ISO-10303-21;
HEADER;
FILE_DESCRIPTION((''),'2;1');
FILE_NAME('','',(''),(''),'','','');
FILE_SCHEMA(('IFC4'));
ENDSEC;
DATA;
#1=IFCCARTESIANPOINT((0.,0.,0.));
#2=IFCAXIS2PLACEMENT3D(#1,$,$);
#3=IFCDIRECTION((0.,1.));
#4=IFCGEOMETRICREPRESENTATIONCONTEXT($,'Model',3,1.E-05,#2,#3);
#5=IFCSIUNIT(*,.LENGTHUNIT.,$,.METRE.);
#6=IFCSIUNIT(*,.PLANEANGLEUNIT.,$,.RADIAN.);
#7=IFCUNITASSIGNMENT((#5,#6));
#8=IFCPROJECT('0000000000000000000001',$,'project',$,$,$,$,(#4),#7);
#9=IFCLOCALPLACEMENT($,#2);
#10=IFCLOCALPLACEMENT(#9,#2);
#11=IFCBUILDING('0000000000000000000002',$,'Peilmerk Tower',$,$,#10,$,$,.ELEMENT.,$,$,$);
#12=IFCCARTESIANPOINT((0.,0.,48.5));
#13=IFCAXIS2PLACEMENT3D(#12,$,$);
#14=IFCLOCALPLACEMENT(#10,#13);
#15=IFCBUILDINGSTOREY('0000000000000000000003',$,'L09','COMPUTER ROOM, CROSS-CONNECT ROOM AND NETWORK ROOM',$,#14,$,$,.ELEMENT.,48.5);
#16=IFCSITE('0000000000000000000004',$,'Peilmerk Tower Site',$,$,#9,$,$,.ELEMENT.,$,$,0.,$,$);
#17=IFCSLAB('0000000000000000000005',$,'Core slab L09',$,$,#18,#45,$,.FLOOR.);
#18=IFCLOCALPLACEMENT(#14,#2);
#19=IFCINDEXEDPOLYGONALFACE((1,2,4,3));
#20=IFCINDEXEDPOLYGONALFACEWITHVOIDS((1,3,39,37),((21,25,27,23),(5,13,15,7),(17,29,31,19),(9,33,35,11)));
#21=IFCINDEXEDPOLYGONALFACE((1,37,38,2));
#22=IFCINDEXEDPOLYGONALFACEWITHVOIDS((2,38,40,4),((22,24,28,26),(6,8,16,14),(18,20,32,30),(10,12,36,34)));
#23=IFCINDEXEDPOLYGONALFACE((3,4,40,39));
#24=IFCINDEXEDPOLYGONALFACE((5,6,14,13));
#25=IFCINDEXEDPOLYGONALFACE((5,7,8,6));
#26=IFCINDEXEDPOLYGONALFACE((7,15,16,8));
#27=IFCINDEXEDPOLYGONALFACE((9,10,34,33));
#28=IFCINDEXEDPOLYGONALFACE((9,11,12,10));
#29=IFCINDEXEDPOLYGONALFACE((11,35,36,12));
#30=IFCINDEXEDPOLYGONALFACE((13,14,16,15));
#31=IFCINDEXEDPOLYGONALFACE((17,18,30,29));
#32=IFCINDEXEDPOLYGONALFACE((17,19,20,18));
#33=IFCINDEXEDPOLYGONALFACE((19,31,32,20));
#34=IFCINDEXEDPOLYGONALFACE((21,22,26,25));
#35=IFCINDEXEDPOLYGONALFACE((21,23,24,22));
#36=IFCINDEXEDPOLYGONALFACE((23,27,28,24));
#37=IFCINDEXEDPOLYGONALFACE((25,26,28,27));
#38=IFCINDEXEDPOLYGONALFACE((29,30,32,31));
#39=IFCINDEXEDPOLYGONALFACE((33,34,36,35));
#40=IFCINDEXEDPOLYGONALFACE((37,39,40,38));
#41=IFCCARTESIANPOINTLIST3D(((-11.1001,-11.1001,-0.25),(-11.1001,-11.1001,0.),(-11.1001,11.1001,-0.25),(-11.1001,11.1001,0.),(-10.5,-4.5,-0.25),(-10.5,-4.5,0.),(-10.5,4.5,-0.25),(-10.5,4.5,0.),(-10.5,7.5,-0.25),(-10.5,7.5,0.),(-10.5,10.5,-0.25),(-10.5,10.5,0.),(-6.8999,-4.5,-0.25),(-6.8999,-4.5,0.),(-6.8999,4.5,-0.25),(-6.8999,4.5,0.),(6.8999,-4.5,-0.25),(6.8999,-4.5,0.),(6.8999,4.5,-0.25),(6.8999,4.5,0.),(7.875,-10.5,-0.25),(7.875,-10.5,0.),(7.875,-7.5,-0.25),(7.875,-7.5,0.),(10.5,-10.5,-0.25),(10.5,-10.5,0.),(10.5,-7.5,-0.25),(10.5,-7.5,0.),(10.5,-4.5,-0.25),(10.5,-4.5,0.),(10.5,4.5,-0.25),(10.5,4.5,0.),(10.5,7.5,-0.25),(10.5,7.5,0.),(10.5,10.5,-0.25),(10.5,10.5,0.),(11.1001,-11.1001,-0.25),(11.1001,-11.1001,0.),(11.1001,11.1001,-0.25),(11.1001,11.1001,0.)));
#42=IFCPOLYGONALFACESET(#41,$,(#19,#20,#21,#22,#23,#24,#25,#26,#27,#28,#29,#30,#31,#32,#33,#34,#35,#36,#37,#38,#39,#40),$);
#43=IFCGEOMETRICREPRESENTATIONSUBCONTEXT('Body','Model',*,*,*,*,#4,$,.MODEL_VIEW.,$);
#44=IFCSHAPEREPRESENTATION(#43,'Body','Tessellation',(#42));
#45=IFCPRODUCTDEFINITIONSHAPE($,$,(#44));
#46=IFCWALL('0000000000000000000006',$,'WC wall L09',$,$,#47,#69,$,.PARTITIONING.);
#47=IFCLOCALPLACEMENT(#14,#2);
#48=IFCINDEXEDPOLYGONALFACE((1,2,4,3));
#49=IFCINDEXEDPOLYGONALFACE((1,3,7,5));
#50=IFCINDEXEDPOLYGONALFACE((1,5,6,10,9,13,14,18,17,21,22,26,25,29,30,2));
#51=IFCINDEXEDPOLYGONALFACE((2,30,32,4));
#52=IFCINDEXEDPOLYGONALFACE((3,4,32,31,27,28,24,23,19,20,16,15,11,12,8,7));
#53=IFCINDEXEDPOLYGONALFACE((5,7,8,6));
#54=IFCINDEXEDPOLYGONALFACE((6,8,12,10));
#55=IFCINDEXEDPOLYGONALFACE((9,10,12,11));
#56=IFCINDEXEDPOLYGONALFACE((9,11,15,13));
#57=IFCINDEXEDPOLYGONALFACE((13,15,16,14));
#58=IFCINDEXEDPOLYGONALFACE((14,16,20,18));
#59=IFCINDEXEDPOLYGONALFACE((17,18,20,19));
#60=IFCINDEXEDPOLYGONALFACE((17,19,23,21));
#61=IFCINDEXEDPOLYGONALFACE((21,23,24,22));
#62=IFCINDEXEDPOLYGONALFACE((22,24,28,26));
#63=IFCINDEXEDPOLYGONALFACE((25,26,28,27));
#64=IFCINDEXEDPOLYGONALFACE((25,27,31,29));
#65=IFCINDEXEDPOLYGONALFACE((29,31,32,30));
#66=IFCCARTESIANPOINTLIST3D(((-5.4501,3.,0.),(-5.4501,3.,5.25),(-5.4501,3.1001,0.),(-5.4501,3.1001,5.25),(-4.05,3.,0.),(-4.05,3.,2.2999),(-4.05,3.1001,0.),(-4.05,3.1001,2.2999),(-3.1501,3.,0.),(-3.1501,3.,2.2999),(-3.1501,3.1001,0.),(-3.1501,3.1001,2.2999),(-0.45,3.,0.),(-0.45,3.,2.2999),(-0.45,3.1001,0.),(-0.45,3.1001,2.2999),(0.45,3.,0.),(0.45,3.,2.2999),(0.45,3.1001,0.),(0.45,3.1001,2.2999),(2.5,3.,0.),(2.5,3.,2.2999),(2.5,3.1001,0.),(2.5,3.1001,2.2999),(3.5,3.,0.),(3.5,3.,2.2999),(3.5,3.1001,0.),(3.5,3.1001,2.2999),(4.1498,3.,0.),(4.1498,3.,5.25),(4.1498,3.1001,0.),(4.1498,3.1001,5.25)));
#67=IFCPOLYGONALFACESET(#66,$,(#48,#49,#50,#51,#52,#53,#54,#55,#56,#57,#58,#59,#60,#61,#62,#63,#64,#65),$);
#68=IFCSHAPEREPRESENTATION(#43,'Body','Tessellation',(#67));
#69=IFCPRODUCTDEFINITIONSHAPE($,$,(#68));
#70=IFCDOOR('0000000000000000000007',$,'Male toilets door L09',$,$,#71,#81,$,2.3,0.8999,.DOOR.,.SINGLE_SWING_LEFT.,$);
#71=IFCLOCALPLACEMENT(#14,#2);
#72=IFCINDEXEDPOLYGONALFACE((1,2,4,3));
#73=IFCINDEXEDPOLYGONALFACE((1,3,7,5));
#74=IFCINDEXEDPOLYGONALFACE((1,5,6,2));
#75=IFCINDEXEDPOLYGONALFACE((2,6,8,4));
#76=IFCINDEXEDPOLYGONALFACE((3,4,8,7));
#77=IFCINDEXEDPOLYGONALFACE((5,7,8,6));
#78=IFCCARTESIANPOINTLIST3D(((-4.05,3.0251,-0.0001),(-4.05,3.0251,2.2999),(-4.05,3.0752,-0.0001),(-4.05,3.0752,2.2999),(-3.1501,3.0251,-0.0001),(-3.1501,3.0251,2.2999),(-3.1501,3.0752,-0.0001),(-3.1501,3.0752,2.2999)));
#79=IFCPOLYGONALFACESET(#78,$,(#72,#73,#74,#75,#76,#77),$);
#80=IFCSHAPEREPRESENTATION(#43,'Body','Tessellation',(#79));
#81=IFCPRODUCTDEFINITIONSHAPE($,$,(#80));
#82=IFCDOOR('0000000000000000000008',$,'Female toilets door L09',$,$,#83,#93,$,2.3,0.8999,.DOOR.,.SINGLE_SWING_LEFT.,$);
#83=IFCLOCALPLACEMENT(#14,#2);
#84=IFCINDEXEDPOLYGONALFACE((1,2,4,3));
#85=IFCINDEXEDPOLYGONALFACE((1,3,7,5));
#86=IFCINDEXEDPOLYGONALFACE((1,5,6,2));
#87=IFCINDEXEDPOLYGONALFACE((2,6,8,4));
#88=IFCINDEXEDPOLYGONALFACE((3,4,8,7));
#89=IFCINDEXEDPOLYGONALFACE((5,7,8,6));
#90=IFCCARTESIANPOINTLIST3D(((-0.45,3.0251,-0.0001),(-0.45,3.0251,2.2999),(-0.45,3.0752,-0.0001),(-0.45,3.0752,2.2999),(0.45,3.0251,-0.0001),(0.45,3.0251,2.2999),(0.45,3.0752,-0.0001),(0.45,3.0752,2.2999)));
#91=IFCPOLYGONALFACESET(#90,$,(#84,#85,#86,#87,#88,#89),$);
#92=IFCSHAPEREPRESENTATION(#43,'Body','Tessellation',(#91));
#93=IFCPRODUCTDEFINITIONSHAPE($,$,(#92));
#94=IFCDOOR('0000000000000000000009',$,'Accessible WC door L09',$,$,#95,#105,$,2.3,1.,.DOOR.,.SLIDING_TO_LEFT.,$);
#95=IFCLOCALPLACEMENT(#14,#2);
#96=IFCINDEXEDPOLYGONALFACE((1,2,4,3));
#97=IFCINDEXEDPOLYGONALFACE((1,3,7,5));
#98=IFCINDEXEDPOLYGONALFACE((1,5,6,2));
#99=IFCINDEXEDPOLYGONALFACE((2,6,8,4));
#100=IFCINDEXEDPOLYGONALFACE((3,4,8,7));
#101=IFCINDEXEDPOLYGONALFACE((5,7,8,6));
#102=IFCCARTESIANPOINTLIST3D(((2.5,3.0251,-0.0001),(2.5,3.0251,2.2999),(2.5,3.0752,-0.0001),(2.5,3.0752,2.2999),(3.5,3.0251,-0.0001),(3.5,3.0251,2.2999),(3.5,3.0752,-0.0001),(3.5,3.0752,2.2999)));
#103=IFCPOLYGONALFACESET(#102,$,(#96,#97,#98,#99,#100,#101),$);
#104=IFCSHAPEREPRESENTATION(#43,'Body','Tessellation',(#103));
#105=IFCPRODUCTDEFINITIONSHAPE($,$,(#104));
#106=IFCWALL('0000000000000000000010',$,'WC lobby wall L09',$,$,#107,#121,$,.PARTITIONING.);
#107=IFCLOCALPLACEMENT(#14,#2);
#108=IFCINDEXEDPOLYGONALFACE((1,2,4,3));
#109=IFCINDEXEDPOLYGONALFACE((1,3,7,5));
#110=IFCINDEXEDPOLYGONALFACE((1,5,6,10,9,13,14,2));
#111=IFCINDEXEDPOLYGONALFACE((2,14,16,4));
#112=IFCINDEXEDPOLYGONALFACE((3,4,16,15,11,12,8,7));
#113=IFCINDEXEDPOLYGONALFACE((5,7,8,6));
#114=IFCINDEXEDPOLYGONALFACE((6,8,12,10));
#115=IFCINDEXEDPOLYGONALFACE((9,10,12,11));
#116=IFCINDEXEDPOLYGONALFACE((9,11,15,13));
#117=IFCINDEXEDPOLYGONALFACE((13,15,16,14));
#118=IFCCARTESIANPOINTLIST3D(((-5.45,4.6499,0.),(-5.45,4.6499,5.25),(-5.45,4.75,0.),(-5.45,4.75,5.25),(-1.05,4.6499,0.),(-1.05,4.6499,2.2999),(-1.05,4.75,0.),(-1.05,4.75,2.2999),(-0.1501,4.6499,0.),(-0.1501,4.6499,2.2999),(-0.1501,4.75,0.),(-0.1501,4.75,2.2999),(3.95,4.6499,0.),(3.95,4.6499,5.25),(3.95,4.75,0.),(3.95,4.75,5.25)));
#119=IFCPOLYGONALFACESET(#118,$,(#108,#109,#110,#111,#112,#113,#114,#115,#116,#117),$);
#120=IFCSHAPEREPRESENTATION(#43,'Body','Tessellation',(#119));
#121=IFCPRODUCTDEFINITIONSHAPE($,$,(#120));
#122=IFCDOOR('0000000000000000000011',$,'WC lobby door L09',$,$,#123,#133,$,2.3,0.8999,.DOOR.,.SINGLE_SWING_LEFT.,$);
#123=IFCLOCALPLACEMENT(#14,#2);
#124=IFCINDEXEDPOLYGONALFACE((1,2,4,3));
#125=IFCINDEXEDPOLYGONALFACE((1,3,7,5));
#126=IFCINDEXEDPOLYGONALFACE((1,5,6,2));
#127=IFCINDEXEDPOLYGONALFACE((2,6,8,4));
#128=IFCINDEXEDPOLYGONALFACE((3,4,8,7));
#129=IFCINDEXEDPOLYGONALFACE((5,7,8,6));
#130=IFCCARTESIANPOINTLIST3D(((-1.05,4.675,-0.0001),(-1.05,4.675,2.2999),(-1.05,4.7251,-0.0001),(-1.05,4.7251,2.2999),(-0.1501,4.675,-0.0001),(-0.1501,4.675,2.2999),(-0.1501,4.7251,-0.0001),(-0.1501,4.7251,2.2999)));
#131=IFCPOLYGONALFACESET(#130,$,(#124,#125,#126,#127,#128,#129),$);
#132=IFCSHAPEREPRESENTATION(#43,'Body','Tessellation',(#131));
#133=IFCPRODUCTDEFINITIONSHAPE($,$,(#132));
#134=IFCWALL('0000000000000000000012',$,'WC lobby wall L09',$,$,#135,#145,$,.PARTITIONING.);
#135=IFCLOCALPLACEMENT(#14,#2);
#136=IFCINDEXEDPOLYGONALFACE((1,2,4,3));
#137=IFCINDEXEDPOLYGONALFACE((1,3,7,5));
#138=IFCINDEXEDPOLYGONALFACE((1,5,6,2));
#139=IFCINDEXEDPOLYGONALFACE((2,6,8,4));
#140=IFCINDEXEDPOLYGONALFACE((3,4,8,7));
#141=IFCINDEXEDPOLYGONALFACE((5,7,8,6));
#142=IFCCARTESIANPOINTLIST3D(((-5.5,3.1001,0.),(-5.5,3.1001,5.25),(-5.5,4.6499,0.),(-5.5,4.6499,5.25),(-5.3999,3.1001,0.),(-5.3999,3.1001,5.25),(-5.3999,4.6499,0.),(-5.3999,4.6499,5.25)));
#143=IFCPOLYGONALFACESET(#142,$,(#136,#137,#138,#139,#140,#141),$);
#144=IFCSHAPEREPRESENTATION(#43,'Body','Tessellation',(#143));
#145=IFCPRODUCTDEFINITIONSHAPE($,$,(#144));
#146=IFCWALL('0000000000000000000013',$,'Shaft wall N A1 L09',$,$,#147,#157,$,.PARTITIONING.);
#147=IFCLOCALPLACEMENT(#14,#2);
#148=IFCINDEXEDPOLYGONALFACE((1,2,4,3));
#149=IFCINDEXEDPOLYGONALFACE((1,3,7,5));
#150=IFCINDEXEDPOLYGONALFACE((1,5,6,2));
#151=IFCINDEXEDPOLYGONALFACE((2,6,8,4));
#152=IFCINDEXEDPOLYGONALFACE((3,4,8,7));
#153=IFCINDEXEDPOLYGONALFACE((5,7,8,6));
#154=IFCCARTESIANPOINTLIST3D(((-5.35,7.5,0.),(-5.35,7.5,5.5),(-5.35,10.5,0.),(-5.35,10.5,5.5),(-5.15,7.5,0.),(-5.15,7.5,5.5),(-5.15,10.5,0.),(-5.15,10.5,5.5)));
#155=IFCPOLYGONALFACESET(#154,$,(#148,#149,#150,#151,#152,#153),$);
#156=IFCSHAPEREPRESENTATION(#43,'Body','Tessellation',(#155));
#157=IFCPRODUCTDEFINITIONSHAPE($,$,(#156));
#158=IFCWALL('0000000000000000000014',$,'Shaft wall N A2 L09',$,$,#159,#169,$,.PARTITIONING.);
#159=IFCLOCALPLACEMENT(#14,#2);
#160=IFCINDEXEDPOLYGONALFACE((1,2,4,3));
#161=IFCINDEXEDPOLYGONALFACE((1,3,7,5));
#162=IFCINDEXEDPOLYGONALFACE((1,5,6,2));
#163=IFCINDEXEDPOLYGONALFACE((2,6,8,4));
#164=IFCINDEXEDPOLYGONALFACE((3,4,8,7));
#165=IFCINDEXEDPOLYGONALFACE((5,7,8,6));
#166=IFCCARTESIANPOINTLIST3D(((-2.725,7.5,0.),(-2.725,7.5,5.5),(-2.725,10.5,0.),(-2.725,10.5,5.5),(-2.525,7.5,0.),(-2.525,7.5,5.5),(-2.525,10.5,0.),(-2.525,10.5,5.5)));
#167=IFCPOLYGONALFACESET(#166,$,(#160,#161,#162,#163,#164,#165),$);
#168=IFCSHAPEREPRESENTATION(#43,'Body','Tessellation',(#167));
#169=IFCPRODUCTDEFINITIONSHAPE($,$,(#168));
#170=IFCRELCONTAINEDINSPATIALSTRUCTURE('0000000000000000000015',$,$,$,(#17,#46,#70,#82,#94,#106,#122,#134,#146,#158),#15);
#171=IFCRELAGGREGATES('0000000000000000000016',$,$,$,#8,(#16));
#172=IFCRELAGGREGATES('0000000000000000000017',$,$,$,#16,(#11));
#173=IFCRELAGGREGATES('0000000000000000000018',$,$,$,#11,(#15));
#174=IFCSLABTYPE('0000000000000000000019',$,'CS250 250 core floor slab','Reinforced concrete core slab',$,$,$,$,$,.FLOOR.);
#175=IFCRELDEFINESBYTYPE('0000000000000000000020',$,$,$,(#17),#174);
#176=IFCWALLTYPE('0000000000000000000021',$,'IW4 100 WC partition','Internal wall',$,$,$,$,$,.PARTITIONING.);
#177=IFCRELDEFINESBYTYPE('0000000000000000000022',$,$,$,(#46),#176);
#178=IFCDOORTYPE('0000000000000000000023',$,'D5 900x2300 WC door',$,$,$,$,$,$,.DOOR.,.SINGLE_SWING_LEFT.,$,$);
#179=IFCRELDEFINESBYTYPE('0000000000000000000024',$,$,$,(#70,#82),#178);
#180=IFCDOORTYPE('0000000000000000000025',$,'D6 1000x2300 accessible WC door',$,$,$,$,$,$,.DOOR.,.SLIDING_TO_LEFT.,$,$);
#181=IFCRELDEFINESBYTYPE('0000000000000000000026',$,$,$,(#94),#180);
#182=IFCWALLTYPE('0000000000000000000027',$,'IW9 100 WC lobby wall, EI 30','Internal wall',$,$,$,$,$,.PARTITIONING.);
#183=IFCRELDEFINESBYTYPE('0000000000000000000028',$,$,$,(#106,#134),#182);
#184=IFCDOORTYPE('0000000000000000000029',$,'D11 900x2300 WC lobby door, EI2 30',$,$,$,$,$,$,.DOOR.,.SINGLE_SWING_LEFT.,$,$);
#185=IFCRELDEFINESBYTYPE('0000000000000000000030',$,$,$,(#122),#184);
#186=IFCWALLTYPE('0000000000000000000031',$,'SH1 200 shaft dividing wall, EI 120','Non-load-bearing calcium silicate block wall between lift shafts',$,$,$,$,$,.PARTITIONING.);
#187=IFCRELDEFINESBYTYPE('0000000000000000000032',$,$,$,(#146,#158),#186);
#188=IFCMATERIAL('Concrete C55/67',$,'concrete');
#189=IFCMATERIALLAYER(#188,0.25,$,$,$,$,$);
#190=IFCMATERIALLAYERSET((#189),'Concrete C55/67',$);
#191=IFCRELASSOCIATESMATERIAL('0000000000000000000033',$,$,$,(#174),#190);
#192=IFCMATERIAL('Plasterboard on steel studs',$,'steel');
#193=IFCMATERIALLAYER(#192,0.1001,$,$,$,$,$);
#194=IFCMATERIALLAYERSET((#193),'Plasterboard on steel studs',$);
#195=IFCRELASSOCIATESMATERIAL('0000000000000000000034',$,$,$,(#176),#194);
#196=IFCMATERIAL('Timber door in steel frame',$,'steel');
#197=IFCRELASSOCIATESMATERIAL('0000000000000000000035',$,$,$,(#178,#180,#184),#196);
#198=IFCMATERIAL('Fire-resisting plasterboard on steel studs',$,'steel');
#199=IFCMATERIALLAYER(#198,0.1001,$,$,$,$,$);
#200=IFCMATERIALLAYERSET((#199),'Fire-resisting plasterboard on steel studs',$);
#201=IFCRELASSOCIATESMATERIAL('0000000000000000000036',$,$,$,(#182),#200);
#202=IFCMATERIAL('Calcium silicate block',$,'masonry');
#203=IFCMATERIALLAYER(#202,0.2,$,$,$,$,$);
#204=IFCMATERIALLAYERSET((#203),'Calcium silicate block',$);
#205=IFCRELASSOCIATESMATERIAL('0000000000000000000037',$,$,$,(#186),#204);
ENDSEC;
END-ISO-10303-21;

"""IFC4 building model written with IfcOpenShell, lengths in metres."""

from ifc_helpers import new_model, si_unit, direction, frame, frame_2d, origin, place, context, subcontext, project, spatial, polyline, rectangle, outline, extrude, material, layer, layer_set, type_object, element, fill, save


model = new_model("IFC4")

# Units and contexts
model_context = context("Model", 3, precision=1e-05, world=origin(), true_north=direction((0.0, 1.0)))
body_context = subcontext(model_context, "Body", "Model", "MODEL_VIEW")
ifc_project = project(units=[si_unit("LENGTHUNIT", "METRE"), si_unit("PLANEANGLEUNIT", "RADIAN")], contexts=[model_context])

# Site, building, storey
site_placement = place(None, origin())
site = spatial("IfcSite", under=ifc_project, at=site_placement, Name="Peilmerk Tower Site", CompositionType="ELEMENT", RefElevation=0.0)
building_placement = place(site_placement, origin())
building = spatial("IfcBuilding", under=site, at=building_placement, Name="Peilmerk Tower", CompositionType="ELEMENT")
storey_placement = place(building_placement, frame((0.0, 0.0, 48.5)))
storey = spatial("IfcBuildingStorey", under=building, at=storey_placement, Name="L09", Description="COMPUTER ROOM, CROSS-CONNECT ROOM AND NETWORK ROOM", CompositionType="ELEMENT", Elevation=48.5)

# Slab
ifc_material_1 = material(Name="Concrete C55/67", Category="concrete")
ifc_layer_1 = layer(ifc_material_1, 0.25)
ifc_layer_set_1 = layer_set([ifc_layer_1], Name="Concrete C55/67")
slab_type = type_object("IfcSlabType", Name="CS250 250 core floor slab", Description="Reinforced concrete core slab", PredefinedType="FLOOR", material=ifc_layer_set_1)
slab_placement = place(storey_placement, frame((0.0, 0.0, -0.25)))
element("IfcSlab", 1, at=slab_placement, inside=storey, type_object=slab_type, Name="Core slab L09", PredefinedType="FLOOR", context=body_context, shape_type="SweptSolid", body=[
    extrude(outline(polyline([(-11.1001, 11.1001), (-11.1001, -11.1001), (11.1001, -11.1001), (11.1001, 11.1001), (-11.1001, 11.1001)]), holes=[polyline([(10.5, 7.5), (-10.5, 7.5), (-10.5, 10.5), (10.5, 10.5), (10.5, 7.5)]), polyline([(7.875, -10.5), (7.875, -7.5), (10.5, -7.5), (10.5, -10.5), (7.875, -10.5)]), polyline([(-10.5, 4.5), (-6.8999, 4.5), (-6.8999, -4.5), (-10.5, -4.5), (-10.5, 4.5)]), polyline([(10.5, 4.5), (10.5, -4.5), (6.8999, -4.5), (6.8999, 4.5), (10.5, 4.5)])]), origin(), (0.0, 0.0, 1.0), 0.25),
])

# Wall, openings, doors
ifc_material_2 = material(Name="Plasterboard on steel studs", Category="steel")
ifc_layer_2 = layer(ifc_material_2, 0.1001)
ifc_layer_set_2 = layer_set([ifc_layer_2], Name="Plasterboard on steel studs")
wall_type_1 = type_object("IfcWallType", Name="IW4 100 WC partition", Description="Internal wall", PredefinedType="PARTITIONING", material=ifc_layer_set_2)
wall_1_placement = place(storey_placement, frame((-5.45, 3.05, 0.0), z_axis=(0.0, 0.0, 1.0), x_axis=(1.0, 0.0, 0.0)))
wall_1 = element("IfcWall", 2, at=wall_1_placement, inside=storey, type_object=wall_type_1, Name="WC wall L09", PredefinedType="PARTITIONING", context=body_context, shape_type="SweptSolid", body=[
    extrude(rectangle(XDim=9.5999, YDim=0.1001, at=frame_2d((4.7998, 0.0))), origin(), (0.0, 0.0, 1.0), 5.25),
])
opening_1_placement = place(wall_1_placement, frame((1.3999, 0.0, 0.0)))
opening_1 = element("IfcOpeningElement", 3, at=opening_1_placement, cuts=wall_1, PredefinedType="OPENING", context=body_context, shape_type="SweptSolid", body=[
    extrude(rectangle(XDim=0.8999, YDim=2.3, at=frame_2d((0.45, 1.1499))), frame((0.0, 0.0601, 0.0), z_axis=(0.0, -1.0, 0.0), x_axis=(1.0, 0.0, 0.0)), (0.0, 0.0, 1.0), 0.1201),
])
opening_2_placement = place(wall_1_placement, frame((5.0, 0.0, 0.0)))
opening_2 = element("IfcOpeningElement", 4, at=opening_2_placement, cuts=wall_1, PredefinedType="OPENING", context=body_context, shape_type="SweptSolid", body=[
    extrude(rectangle(XDim=0.8999, YDim=2.3, at=frame_2d((0.45, 1.1499))), frame((0.0, 0.0601, 0.0), z_axis=(0.0, -1.0, 0.0), x_axis=(1.0, 0.0, 0.0)), (0.0, 0.0, 1.0), 0.1201),
])
opening_3_placement = place(wall_1_placement, frame((7.95, 0.0, 0.0)))
opening_3 = element("IfcOpeningElement", 5, at=opening_3_placement, cuts=wall_1, PredefinedType="OPENING", context=body_context, shape_type="SweptSolid", body=[
    extrude(rectangle(XDim=1.0, YDim=2.3, at=frame_2d((0.5, 1.1499))), frame((0.0, 0.0601, 0.0), z_axis=(0.0, -1.0, 0.0), x_axis=(1.0, 0.0, 0.0)), (0.0, 0.0, 1.0), 0.1201),
])
ifc_material_3 = material(Name="Timber door in steel frame", Category="steel")
door_type_1 = type_object("IfcDoorType", Name="D5 900x2300 WC door", OperationType="SINGLE_SWING_LEFT", PredefinedType="DOOR", material=ifc_material_3)
door_1_placement = place(opening_1_placement, frame((0.8999, 0.0, 0.0), z_axis=(0.0, 0.0, 1.0), x_axis=(-1.0, 0.0, 0.0)))
door_1 = element("IfcDoor", 6, at=door_1_placement, inside=storey, type_object=door_type_1, Name="Male toilets door L09", OperationType="SINGLE_SWING_LEFT", OverallHeight=2.3, OverallWidth=0.8999, PredefinedType="DOOR", context=body_context, shape_type="SweptSolid", body=[
    extrude(rectangle(XDim=0.8999, YDim=2.3, at=frame_2d((0.45, 1.1499))), frame((0.0, 0.0249, 0.0), z_axis=(0.0, -1.0, 0.0), x_axis=(1.0, 0.0, 0.0)), (0.0, 0.0, 1.0), 0.05),
])
fill(opening_1, door_1)
door_2_placement = place(opening_2_placement, frame((0.8999, 0.0, 0.0), z_axis=(0.0, 0.0, 1.0), x_axis=(-1.0, 0.0, 0.0)))
door_2 = element("IfcDoor", 7, at=door_2_placement, inside=storey, type_object=door_type_1, Name="Female toilets door L09", OperationType="SINGLE_SWING_LEFT", OverallHeight=2.3, OverallWidth=0.8999, PredefinedType="DOOR", context=body_context, shape_type="SweptSolid", body=[
    extrude(rectangle(XDim=0.8999, YDim=2.3, at=frame_2d((0.45, 1.1499))), frame((0.0, 0.0249, 0.0), z_axis=(0.0, -1.0, 0.0), x_axis=(1.0, 0.0, 0.0)), (0.0, 0.0, 1.0), 0.05),
])
fill(opening_2, door_2)
door_type_2 = type_object("IfcDoorType", Name="D6 1000x2300 accessible WC door", OperationType="SLIDING_TO_LEFT", PredefinedType="DOOR", material=ifc_material_3)
door_3_placement = place(opening_3_placement, frame((1.0, 0.0, 0.0), z_axis=(0.0, 0.0, 1.0), x_axis=(-1.0, 0.0, 0.0)))
door_3 = element("IfcDoor", 8, at=door_3_placement, inside=storey, type_object=door_type_2, Name="Accessible WC door L09", OperationType="SLIDING_TO_LEFT", OverallHeight=2.3, OverallWidth=1.0, PredefinedType="DOOR", context=body_context, shape_type="SweptSolid", body=[
    extrude(rectangle(XDim=1.0, YDim=2.3, at=frame_2d((0.5, 1.1499))), frame((0.0, 0.0249, 0.0), z_axis=(0.0, -1.0, 0.0), x_axis=(1.0, 0.0, 0.0)), (0.0, 0.0, 1.0), 0.05),
])
fill(opening_3, door_3)

# Wall, opening, door
ifc_material_4 = material(Name="Fire-resisting plasterboard on steel studs", Category="steel")
ifc_layer_3 = layer(ifc_material_4, 0.1001)
ifc_layer_set_3 = layer_set([ifc_layer_3], Name="Fire-resisting plasterboard on steel studs")
wall_type_2 = type_object("IfcWallType", Name="IW9 100 WC lobby wall, EI 30", Description="Internal wall", PredefinedType="PARTITIONING", material=ifc_layer_set_3)
wall_2_placement = place(storey_placement, frame((-5.45, 4.7, 0.0), z_axis=(0.0, 0.0, 1.0), x_axis=(1.0, 0.0, 0.0)))
wall_2 = element("IfcWall", 9, at=wall_2_placement, inside=storey, type_object=wall_type_2, Name="WC lobby wall L09", PredefinedType="PARTITIONING", context=body_context, shape_type="SweptSolid", body=[
    extrude(rectangle(XDim=9.3999, YDim=0.1001, at=frame_2d((4.7, 0.0))), origin(), (0.0, 0.0, 1.0), 5.25),
])
opening_4_placement = place(wall_2_placement, frame((4.3999, 0.0, 0.0)))
opening_4 = element("IfcOpeningElement", 10, at=opening_4_placement, cuts=wall_2, PredefinedType="OPENING", context=body_context, shape_type="SweptSolid", body=[
    extrude(rectangle(XDim=0.8999, YDim=2.3, at=frame_2d((0.45, 1.1499))), frame((0.0, 0.0601, 0.0), z_axis=(0.0, -1.0, 0.0), x_axis=(1.0, 0.0, 0.0)), (0.0, 0.0, 1.0), 0.1201),
])
door_type_3 = type_object("IfcDoorType", Name="D11 900x2300 WC lobby door, EI2 30", OperationType="SINGLE_SWING_LEFT", PredefinedType="DOOR", material=ifc_material_3)
door_4_placement = place(opening_4_placement, frame((0.8999, 0.0, 0.0), z_axis=(0.0, 0.0, 1.0), x_axis=(-1.0, 0.0, 0.0)))
door_4 = element("IfcDoor", 11, at=door_4_placement, inside=storey, type_object=door_type_3, Name="WC lobby door L09", OperationType="SINGLE_SWING_LEFT", OverallHeight=2.3, OverallWidth=0.8999, PredefinedType="DOOR", context=body_context, shape_type="SweptSolid", body=[
    extrude(rectangle(XDim=0.8999, YDim=2.3, at=frame_2d((0.45, 1.1499))), frame((0.0, 0.0249, 0.0), z_axis=(0.0, -1.0, 0.0), x_axis=(1.0, 0.0, 0.0)), (0.0, 0.0, 1.0), 0.05),
])
fill(opening_4, door_4)

# Walls
wall_3_placement = place(storey_placement, frame((-5.45, 3.1001, 0.0), z_axis=(0.0, 0.0, 1.0), x_axis=(0.0, 1.0, 0.0)))
element("IfcWall", 12, at=wall_3_placement, inside=storey, type_object=wall_type_2, Name="WC lobby wall L09", PredefinedType="PARTITIONING", context=body_context, shape_type="SweptSolid", body=[
    extrude(rectangle(XDim=1.5498, YDim=0.1001, at=frame_2d((0.7749, 0.0))), origin(), (0.0, 0.0, 1.0), 5.25),
])
ifc_material_5 = material(Name="Calcium silicate block", Category="masonry")
ifc_layer_4 = layer(ifc_material_5, 0.2)
ifc_layer_set_4 = layer_set([ifc_layer_4], Name="Calcium silicate block")
wall_type_3 = type_object("IfcWallType", Name="SH1 200 shaft dividing wall, EI 120", Description="Non-load-bearing calcium silicate block wall between lift shafts", PredefinedType="PARTITIONING", material=ifc_layer_set_4)
for number, where, z_axis, x_axis, name in (
    (13, (-5.25, 7.5, 0.0), (0.0, 0.0, 1.0), (0.0, 1.0, 0.0), "Shaft wall N A1 L09"),
    (14, (-2.625, 7.5, 0.0), (0.0, 0.0, 1.0), (0.0, 1.0, 0.0), "Shaft wall N A2 L09"),
):
    element("IfcWall", number, at=place(storey_placement, frame(where, z_axis=z_axis, x_axis=x_axis)), inside=storey, type_object=wall_type_3, Name=name, PredefinedType="PARTITIONING", context=body_context, shape_type="SweptSolid", body=[
        extrude(rectangle(XDim=3.0, YDim=0.2, at=frame_2d((1.5, 0.0))), origin(), (0.0, 0.0, 1.0), 5.5),
    ])

save(model, "model.ifc")
